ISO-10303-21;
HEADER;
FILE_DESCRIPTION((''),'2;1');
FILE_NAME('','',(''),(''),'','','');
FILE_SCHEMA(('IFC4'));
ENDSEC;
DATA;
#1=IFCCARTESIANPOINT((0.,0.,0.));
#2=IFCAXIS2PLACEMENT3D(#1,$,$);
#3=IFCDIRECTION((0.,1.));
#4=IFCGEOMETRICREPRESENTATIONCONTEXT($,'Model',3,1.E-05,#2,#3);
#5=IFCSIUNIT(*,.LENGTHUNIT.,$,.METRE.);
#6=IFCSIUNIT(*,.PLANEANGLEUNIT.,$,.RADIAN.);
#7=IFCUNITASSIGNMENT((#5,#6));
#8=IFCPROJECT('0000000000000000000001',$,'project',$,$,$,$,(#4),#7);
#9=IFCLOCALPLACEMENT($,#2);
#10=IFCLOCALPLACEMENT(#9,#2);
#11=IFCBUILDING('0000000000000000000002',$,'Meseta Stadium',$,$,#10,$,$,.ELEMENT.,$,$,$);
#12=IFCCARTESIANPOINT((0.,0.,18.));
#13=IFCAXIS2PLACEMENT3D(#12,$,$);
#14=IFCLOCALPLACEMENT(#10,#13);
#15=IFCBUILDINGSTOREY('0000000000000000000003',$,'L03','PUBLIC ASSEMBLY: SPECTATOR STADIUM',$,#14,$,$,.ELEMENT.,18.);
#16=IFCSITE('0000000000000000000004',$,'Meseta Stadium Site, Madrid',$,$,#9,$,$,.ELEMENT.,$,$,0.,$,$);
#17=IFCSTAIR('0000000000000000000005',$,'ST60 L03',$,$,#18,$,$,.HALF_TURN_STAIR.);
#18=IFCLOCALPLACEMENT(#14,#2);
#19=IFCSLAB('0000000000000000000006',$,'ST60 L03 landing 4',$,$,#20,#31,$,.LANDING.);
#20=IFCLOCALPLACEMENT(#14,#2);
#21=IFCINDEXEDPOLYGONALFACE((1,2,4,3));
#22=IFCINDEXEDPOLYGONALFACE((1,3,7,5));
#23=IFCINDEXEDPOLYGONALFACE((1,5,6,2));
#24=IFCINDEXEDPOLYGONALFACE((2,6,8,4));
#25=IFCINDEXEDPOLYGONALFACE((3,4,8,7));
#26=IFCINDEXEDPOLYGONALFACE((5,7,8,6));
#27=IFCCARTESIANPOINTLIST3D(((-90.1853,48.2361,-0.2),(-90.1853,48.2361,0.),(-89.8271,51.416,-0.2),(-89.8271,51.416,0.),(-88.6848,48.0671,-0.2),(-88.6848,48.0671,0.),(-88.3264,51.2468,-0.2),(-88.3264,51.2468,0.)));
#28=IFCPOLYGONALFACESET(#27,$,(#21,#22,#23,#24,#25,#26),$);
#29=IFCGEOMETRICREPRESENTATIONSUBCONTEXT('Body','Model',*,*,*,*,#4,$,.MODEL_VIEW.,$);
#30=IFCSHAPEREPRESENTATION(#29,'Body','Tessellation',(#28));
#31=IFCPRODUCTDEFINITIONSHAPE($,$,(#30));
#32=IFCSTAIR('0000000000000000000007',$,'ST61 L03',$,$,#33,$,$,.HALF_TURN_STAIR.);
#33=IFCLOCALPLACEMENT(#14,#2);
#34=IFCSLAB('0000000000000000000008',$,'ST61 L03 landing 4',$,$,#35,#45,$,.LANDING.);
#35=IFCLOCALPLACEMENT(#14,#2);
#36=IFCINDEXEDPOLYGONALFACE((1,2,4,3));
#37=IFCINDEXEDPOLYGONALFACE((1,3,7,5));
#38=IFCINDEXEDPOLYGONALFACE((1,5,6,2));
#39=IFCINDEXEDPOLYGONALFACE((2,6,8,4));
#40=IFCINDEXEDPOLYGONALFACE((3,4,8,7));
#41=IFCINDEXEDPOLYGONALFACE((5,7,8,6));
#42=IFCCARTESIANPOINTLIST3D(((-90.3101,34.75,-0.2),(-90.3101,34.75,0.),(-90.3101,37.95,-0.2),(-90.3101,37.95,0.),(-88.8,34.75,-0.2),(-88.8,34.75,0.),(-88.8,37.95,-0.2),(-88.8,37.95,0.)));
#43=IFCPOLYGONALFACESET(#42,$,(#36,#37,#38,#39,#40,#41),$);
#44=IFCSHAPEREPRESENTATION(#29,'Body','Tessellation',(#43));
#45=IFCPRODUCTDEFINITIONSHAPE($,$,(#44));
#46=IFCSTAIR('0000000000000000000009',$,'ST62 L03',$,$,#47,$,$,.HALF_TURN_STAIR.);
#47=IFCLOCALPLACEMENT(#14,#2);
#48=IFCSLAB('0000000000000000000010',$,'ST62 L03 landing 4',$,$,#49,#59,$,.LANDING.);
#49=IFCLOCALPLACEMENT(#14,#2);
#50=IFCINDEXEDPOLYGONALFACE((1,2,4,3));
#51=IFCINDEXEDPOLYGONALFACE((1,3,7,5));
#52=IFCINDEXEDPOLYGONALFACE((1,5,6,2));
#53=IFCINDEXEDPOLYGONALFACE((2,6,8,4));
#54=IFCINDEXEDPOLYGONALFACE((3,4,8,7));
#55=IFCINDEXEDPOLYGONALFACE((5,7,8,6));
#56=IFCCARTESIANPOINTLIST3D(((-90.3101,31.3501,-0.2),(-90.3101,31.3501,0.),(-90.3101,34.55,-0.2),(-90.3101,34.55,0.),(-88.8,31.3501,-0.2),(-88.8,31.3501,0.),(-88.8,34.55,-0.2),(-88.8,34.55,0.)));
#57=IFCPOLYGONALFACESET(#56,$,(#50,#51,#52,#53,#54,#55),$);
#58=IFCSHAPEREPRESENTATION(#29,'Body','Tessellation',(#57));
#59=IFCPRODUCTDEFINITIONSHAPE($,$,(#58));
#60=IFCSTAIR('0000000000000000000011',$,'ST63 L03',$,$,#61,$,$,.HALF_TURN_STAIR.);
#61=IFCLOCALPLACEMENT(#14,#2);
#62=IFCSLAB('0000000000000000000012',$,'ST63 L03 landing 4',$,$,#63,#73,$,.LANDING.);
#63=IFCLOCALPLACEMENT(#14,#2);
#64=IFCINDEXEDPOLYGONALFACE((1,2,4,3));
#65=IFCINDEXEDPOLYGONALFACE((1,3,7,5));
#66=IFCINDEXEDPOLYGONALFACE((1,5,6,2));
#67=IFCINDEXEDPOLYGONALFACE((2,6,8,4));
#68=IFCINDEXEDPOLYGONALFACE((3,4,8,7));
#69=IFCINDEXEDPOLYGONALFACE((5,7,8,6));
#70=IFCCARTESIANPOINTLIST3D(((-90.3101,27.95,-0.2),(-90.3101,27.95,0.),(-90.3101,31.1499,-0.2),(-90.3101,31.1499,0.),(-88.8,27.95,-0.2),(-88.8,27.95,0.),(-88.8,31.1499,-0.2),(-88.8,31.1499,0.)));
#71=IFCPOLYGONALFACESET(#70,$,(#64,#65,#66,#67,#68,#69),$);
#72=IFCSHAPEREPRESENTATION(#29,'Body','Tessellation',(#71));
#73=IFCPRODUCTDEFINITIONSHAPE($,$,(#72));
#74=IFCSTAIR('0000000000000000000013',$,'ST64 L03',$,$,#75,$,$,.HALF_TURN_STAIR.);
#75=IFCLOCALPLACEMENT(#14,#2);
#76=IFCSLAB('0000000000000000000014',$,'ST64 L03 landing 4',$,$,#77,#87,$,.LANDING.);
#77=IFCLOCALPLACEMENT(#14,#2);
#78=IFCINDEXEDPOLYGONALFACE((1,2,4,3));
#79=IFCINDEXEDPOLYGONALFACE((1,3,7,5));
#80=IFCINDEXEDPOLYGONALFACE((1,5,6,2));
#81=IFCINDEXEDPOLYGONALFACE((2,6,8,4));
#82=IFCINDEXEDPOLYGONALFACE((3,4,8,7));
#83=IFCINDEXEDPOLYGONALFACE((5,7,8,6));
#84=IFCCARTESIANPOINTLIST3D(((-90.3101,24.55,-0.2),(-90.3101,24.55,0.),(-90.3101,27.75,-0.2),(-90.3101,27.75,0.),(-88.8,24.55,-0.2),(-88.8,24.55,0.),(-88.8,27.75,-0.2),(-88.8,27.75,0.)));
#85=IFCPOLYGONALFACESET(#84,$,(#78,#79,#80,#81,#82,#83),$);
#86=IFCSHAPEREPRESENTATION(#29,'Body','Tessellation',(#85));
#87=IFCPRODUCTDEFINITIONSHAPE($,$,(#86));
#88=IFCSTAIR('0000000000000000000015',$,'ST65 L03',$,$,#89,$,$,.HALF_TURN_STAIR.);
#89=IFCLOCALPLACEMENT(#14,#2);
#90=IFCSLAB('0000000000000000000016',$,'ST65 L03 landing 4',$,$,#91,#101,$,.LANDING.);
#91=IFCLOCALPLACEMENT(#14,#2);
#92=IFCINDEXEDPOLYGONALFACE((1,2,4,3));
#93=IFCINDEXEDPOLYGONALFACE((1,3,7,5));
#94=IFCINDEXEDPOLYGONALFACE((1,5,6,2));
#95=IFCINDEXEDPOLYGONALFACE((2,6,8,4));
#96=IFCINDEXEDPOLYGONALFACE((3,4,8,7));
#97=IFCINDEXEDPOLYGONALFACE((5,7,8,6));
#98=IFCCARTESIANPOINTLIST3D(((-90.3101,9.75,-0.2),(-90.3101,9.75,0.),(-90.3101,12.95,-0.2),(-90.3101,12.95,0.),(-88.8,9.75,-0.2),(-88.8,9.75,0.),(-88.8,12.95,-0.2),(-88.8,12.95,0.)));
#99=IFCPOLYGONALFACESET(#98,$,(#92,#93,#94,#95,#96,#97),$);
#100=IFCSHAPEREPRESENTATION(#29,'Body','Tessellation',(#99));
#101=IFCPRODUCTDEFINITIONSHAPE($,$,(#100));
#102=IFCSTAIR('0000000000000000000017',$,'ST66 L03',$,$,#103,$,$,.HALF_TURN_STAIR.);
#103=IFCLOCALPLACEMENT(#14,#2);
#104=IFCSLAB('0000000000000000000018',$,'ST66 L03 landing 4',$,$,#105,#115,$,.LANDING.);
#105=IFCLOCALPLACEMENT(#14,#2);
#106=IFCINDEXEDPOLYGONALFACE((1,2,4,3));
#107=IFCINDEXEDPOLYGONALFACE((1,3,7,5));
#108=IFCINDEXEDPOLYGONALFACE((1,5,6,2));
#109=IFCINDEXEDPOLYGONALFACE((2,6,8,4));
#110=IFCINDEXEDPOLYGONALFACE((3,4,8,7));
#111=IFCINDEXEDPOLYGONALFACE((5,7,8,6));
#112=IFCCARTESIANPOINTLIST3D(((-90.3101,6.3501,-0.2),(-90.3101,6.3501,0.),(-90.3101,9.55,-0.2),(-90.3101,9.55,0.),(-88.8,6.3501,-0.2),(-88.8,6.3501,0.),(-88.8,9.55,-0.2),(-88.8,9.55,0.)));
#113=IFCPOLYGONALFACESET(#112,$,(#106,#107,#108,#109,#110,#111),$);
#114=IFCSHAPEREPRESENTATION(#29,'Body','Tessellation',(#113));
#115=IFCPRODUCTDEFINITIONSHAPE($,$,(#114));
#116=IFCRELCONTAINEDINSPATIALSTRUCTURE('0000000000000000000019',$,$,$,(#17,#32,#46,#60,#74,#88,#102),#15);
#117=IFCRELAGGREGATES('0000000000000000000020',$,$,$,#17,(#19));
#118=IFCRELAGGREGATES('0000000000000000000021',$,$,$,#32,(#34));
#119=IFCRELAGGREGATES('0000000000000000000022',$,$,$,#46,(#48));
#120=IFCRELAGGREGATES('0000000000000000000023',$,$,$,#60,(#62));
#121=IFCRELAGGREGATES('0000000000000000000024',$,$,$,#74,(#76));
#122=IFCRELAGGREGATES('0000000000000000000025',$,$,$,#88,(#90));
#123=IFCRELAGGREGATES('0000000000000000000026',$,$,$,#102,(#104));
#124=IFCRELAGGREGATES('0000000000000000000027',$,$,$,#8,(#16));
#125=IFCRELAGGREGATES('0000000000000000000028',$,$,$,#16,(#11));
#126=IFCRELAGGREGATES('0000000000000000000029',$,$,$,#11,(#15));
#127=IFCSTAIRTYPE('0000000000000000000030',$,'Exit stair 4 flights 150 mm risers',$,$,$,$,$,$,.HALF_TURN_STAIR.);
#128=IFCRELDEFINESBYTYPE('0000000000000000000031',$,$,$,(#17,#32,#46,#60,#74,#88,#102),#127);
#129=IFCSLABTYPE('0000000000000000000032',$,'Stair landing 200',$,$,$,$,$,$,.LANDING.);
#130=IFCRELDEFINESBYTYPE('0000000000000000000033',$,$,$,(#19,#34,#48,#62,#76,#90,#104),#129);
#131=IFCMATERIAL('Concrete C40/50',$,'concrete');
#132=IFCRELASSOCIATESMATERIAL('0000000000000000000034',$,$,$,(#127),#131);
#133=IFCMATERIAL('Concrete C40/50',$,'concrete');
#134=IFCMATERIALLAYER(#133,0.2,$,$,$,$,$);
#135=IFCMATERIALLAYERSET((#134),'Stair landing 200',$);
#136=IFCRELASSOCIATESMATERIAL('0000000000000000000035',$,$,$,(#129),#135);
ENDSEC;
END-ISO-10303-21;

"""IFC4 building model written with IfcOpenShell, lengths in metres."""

from ifc_helpers import new_model, si_unit, direction, frame, origin, place, context, subcontext, project, spatial, polyline, outline, extrude, material, layer, layer_set, type_object, element, aggregate, save


model = new_model("IFC4")

# Units and contexts
model_context = context("Model", 3, precision=1e-05, world=origin(), true_north=direction((0.0, 1.0)))
body_context = subcontext(model_context, "Body", "Model", "MODEL_VIEW")
ifc_project = project(units=[si_unit("LENGTHUNIT", "METRE"), si_unit("PLANEANGLEUNIT", "RADIAN")], contexts=[model_context])

# Site, building, storey
site_placement = place(None, origin())
site = spatial("IfcSite", under=ifc_project, at=site_placement, Name="Meseta Stadium Site, Madrid", CompositionType="ELEMENT", RefElevation=0.0)
building_placement = place(site_placement, origin())
building = spatial("IfcBuilding", under=site, at=building_placement, Name="Meseta Stadium", CompositionType="ELEMENT")
storey_placement = place(building_placement, frame((0.0, 0.0, 18.0)))
storey = spatial("IfcBuildingStorey", under=building, at=storey_placement, Name="L03", Description="PUBLIC ASSEMBLY: SPECTATOR STADIUM", CompositionType="ELEMENT", Elevation=18.0)

# Shared definitions
ifc_material_1 = material(Name="Concrete C40/50", Category="concrete")
stair_type = type_object("IfcStairType", Name="Exit stair 4 flights 150 mm risers", PredefinedType="HALF_TURN_STAIR", material=ifc_material_1)
ifc_material_2 = material(Name="Concrete C40/50", Category="concrete")
ifc_layer = layer(ifc_material_2, 0.2)
ifc_layer_set = layer_set([ifc_layer], Name="Stair landing 200")
slab_type = type_object("IfcSlabType", Name="Stair landing 200", PredefinedType="LANDING", material=ifc_layer_set)

# Stairs, slabs
stair_1_placement = place(storey_placement, origin())
stair_1 = element("IfcStair", 1, at=stair_1_placement, inside=storey, type_object=stair_type, Name="ST60 L03", PredefinedType="HALF_TURN_STAIR")
slab_1_placement = place(storey_placement, frame((0.0, 0.0, -0.2)))
slab_1 = element("IfcSlab", 2, at=slab_1_placement, type_object=slab_type, Name="ST60 L03 landing 4", PredefinedType="LANDING", context=body_context, shape_type="SweptSolid", body=[
    extrude(outline(polyline([(-88.3264, 51.2468), (-89.8271, 51.416), (-90.1853, 48.2361), (-88.6848, 48.0671), (-88.3264, 51.2468)])), origin(), (0.0, 0.0, 1.0), 0.2),
])
aggregate(stair_1, [slab_1])
stair_2_placement = place(storey_placement, origin())
stair_2 = element("IfcStair", 3, at=stair_2_placement, inside=storey, type_object=stair_type, Name="ST61 L03", PredefinedType="HALF_TURN_STAIR")
slab_2_placement = place(storey_placement, frame((0.0, 0.0, -0.2)))
slab_2 = element("IfcSlab", 4, at=slab_2_placement, type_object=slab_type, Name="ST61 L03 landing 4", PredefinedType="LANDING", context=body_context, shape_type="SweptSolid", body=[
    extrude(outline(polyline([(-88.8, 37.95), (-90.3101, 37.95), (-90.3101, 34.75), (-88.8, 34.75), (-88.8, 37.95)])), origin(), (0.0, 0.0, 1.0), 0.2),
])
aggregate(stair_2, [slab_2])
stair_3_placement = place(storey_placement, origin())
stair_3 = element("IfcStair", 5, at=stair_3_placement, inside=storey, type_object=stair_type, Name="ST62 L03", PredefinedType="HALF_TURN_STAIR")
slab_3_placement = place(storey_placement, frame((0.0, 0.0, -0.2)))
slab_3 = element("IfcSlab", 6, at=slab_3_placement, type_object=slab_type, Name="ST62 L03 landing 4", PredefinedType="LANDING", context=body_context, shape_type="SweptSolid", body=[
    extrude(outline(polyline([(-88.8, 34.55), (-90.3101, 34.55), (-90.3101, 31.3501), (-88.8, 31.3501), (-88.8, 34.55)])), origin(), (0.0, 0.0, 1.0), 0.2),
])
aggregate(stair_3, [slab_3])
stair_4_placement = place(storey_placement, origin())
stair_4 = element("IfcStair", 7, at=stair_4_placement, inside=storey, type_object=stair_type, Name="ST63 L03", PredefinedType="HALF_TURN_STAIR")
slab_4_placement = place(storey_placement, frame((0.0, 0.0, -0.2)))
slab_4 = element("IfcSlab", 8, at=slab_4_placement, type_object=slab_type, Name="ST63 L03 landing 4", PredefinedType="LANDING", context=body_context, shape_type="SweptSolid", body=[
    extrude(outline(polyline([(-88.8, 31.1499), (-90.3101, 31.1499), (-90.3101, 27.95), (-88.8, 27.95), (-88.8, 31.1499)])), origin(), (0.0, 0.0, 1.0), 0.2),
])
aggregate(stair_4, [slab_4])
stair_5_placement = place(storey_placement, origin())
stair_5 = element("IfcStair", 9, at=stair_5_placement, inside=storey, type_object=stair_type, Name="ST64 L03", PredefinedType="HALF_TURN_STAIR")
slab_5_placement = place(storey_placement, frame((0.0, 0.0, -0.2)))
slab_5 = element("IfcSlab", 10, at=slab_5_placement, type_object=slab_type, Name="ST64 L03 landing 4", PredefinedType="LANDING", context=body_context, shape_type="SweptSolid", body=[
    extrude(outline(polyline([(-88.8, 27.75), (-90.3101, 27.75), (-90.3101, 24.55), (-88.8, 24.55), (-88.8, 27.75)])), origin(), (0.0, 0.0, 1.0), 0.2),
])
aggregate(stair_5, [slab_5])
stair_6_placement = place(storey_placement, origin())
stair_6 = element("IfcStair", 11, at=stair_6_placement, inside=storey, type_object=stair_type, Name="ST65 L03", PredefinedType="HALF_TURN_STAIR")
slab_6_placement = place(storey_placement, frame((0.0, 0.0, -0.2)))
slab_6 = element("IfcSlab", 12, at=slab_6_placement, type_object=slab_type, Name="ST65 L03 landing 4", PredefinedType="LANDING", context=body_context, shape_type="SweptSolid", body=[
    extrude(outline(polyline([(-88.8, 12.95), (-90.3101, 12.95), (-90.3101, 9.75), (-88.8, 9.75), (-88.8, 12.95)])), origin(), (0.0, 0.0, 1.0), 0.2),
])
aggregate(stair_6, [slab_6])
stair_7_placement = place(storey_placement, origin())
stair_7 = element("IfcStair", 13, at=stair_7_placement, inside=storey, type_object=stair_type, Name="ST66 L03", PredefinedType="HALF_TURN_STAIR")
slab_7_placement = place(storey_placement, frame((0.0, 0.0, -0.2)))
slab_7 = element("IfcSlab", 14, at=slab_7_placement, type_object=slab_type, Name="ST66 L03 landing 4", PredefinedType="LANDING", context=body_context, shape_type="SweptSolid", body=[
    extrude(outline(polyline([(-88.8, 9.55), (-90.3101, 9.55), (-90.3101, 6.3501), (-88.8, 6.3501), (-88.8, 9.55)])), origin(), (0.0, 0.0, 1.0), 0.2),
])
aggregate(stair_7, [slab_7])

save(model, "model.ifc")
